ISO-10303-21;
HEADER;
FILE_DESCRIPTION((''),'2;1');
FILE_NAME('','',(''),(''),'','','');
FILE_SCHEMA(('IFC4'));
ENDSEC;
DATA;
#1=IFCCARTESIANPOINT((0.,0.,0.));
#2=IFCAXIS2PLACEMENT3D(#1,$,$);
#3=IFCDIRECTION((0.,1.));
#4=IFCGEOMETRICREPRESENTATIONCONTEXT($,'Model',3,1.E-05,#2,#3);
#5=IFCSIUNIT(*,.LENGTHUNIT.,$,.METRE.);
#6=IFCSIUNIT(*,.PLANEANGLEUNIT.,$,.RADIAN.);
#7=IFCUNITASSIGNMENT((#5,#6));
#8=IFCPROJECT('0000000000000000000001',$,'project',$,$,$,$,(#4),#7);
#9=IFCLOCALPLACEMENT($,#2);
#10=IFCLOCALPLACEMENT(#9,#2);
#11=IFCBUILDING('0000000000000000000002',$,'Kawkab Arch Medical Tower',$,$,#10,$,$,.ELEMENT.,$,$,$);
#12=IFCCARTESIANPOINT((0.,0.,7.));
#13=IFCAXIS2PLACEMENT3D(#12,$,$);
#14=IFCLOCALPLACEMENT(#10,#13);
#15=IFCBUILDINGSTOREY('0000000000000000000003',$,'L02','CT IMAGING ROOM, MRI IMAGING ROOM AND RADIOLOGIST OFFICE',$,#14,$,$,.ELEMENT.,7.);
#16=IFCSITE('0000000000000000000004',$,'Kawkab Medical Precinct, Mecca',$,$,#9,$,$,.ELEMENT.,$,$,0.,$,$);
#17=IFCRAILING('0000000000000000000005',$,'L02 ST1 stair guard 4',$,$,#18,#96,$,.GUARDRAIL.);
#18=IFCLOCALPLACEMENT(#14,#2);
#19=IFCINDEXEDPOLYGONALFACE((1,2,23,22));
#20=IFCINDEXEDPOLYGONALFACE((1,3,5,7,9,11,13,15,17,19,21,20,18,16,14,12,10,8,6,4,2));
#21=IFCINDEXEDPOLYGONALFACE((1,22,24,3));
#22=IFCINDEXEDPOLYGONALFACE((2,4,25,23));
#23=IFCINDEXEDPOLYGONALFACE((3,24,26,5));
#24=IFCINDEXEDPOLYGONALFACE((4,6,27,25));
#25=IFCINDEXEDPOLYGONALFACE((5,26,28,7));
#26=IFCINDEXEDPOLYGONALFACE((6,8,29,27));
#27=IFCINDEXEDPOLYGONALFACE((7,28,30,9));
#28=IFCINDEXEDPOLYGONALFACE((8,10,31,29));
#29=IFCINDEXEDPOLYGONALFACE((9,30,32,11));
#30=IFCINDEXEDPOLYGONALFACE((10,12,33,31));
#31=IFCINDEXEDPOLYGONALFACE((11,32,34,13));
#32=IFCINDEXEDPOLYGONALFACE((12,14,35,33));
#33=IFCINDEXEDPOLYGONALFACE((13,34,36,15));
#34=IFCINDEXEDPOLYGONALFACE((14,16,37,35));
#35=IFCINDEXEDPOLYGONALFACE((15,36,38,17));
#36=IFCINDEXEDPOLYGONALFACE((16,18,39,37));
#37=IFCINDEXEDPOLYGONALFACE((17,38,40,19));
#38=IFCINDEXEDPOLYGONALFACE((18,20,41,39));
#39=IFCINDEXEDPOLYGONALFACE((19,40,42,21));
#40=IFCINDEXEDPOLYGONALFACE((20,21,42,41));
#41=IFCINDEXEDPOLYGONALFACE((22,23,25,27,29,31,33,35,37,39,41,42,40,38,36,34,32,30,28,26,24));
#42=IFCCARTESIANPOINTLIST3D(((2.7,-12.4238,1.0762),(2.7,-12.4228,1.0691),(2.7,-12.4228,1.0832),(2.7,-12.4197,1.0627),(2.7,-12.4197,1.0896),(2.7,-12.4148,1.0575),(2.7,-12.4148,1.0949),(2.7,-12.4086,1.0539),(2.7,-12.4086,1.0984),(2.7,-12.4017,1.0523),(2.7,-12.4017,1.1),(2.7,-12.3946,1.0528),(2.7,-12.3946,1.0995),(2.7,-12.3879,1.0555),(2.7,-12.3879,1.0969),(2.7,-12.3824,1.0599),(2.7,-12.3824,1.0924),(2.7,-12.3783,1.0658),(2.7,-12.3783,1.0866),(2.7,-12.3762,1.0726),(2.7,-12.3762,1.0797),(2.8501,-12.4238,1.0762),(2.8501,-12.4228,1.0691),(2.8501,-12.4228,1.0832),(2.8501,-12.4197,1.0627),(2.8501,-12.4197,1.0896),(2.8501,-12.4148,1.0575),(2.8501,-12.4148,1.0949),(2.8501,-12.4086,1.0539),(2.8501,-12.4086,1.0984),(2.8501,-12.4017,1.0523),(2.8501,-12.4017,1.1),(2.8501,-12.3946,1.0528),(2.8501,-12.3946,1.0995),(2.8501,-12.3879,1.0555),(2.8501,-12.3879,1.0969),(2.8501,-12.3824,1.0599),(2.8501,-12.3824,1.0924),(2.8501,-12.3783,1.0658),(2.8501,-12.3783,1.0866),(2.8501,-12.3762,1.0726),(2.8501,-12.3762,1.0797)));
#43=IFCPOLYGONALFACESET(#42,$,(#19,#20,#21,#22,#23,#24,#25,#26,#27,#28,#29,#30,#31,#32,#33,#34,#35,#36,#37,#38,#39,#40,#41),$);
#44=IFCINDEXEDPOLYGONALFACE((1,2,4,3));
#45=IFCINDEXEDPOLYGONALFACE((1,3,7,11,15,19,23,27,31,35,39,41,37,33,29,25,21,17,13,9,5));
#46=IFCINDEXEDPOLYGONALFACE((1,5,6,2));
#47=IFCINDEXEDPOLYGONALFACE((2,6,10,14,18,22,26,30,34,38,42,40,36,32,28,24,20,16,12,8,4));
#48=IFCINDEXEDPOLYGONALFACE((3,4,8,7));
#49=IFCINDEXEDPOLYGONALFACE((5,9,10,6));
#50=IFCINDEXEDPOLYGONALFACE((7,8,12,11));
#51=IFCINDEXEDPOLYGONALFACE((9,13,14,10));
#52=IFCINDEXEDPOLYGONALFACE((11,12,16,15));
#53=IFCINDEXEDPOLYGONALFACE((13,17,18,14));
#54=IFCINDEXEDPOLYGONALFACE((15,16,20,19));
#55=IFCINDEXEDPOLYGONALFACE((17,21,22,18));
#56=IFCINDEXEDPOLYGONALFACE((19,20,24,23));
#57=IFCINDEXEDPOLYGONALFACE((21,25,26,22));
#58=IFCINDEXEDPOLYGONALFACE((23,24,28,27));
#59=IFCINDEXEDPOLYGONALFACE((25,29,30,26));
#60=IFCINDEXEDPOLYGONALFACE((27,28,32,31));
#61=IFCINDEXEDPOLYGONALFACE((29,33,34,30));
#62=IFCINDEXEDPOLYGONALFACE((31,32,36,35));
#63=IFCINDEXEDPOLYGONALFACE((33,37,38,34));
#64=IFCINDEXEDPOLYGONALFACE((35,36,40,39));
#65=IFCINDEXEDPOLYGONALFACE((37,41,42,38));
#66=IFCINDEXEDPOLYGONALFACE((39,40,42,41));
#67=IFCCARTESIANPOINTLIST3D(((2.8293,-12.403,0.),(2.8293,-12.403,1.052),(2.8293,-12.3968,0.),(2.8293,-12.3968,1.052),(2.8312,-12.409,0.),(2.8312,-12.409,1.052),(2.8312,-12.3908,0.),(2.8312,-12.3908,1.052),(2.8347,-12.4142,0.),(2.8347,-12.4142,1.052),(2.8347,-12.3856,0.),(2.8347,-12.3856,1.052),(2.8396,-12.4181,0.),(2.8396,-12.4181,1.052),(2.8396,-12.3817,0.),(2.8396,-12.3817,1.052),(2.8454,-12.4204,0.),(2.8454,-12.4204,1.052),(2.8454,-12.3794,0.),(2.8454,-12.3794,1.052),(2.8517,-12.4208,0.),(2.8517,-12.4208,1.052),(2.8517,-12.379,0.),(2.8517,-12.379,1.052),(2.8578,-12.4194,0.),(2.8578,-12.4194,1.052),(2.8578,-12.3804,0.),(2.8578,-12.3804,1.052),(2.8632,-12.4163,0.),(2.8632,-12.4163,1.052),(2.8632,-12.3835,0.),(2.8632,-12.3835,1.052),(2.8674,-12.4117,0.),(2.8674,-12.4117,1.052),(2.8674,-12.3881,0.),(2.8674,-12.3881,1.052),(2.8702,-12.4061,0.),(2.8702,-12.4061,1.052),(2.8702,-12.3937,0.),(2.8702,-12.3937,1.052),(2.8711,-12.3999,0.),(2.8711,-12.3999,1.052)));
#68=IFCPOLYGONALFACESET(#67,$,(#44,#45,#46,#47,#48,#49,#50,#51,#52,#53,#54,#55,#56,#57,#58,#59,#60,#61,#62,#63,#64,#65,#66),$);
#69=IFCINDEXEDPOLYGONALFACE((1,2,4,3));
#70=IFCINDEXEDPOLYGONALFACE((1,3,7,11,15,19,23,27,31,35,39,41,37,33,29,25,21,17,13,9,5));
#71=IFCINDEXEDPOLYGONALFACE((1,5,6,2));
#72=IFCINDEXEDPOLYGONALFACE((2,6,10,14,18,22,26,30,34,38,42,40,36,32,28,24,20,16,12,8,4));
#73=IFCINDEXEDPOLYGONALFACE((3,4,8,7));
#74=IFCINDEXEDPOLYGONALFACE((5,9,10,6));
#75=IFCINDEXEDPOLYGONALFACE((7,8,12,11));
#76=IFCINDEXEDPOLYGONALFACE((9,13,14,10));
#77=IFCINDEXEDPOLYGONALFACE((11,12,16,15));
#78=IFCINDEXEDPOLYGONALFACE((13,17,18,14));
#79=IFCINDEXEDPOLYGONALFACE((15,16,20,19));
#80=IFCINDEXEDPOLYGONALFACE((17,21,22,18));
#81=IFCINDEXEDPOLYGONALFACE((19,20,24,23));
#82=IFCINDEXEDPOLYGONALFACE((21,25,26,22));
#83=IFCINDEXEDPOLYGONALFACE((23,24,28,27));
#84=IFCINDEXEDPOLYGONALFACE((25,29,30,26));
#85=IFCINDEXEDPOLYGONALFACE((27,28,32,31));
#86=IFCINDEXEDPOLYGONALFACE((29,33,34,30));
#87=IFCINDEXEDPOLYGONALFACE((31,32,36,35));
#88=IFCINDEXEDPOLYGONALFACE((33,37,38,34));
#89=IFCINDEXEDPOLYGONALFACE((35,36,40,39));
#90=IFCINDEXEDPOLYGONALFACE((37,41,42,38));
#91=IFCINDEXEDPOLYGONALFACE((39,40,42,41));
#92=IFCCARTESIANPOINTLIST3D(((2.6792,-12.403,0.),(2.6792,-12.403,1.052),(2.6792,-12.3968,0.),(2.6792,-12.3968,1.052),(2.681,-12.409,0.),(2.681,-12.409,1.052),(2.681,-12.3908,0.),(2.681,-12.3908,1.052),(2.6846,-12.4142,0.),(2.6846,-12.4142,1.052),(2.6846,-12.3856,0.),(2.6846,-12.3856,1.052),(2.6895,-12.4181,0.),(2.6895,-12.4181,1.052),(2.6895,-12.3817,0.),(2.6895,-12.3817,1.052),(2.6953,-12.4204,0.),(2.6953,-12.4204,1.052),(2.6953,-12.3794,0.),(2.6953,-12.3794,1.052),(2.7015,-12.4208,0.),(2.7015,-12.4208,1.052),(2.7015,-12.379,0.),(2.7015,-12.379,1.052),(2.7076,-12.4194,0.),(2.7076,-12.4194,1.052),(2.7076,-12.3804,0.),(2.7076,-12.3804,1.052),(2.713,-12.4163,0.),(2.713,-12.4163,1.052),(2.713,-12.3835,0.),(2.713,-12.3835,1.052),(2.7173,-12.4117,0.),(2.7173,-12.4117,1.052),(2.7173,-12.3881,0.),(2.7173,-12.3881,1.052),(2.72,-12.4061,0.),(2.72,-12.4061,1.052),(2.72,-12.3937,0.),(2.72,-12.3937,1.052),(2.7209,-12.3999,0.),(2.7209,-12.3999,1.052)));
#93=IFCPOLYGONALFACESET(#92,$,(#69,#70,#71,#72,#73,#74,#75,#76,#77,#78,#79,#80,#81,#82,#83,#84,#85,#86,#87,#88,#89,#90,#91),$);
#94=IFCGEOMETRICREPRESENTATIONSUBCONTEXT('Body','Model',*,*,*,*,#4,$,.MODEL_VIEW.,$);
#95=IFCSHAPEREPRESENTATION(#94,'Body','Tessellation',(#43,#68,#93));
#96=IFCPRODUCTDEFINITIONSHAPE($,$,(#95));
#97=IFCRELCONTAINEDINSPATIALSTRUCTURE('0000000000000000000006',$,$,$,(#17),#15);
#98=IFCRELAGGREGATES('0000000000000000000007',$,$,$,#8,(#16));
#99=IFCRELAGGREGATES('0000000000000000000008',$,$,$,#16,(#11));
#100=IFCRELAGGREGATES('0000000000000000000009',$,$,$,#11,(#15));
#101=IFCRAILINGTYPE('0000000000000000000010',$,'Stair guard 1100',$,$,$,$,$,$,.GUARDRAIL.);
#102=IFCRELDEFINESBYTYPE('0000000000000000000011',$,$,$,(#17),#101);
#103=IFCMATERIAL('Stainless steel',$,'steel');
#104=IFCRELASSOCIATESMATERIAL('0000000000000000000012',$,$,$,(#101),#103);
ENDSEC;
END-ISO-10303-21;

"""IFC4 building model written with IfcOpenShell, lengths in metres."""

from ifc_helpers import new_model, si_unit, direction, frame, origin, origin_2d, place, context, subcontext, project, spatial, circle, extrude, material, type_object, element, save


model = new_model("IFC4")

# Units and contexts
model_context = context("Model", 3, precision=1e-05, world=origin(), true_north=direction((0.0, 1.0)))
body_context = subcontext(model_context, "Body", "Model", "MODEL_VIEW")
ifc_project = project(units=[si_unit("LENGTHUNIT", "METRE"), si_unit("PLANEANGLEUNIT", "RADIAN")], contexts=[model_context])

# Site, building, storey
site_placement = place(None, origin())
site = spatial("IfcSite", under=ifc_project, at=site_placement, Name="Kawkab Medical Precinct, Mecca", CompositionType="ELEMENT", RefElevation=0.0)
building_placement = place(site_placement, origin())
building = spatial("IfcBuilding", under=site, at=building_placement, Name="Kawkab Arch Medical Tower", CompositionType="ELEMENT")
storey_placement = place(building_placement, frame((0.0, 0.0, 7.0)))
storey = spatial("IfcBuildingStorey", under=building, at=storey_placement, Name="L02", Description="CT IMAGING ROOM, MRI IMAGING ROOM AND RADIOLOGIST OFFICE", CompositionType="ELEMENT", Elevation=7.0)

# Railing
ifc_material_1 = material(Name="Stainless steel", Category="steel")
railing_type = type_object("IfcRailingType", Name="Stair guard 1100", PredefinedType="GUARDRAIL", material=ifc_material_1)
railing_1_placement = place(storey_placement, frame((2.8501, -12.3999, 0.0)))
element("IfcRailing", 1, at=railing_1_placement, inside=storey, type_object=railing_type, Name="L02 ST1 stair guard 4", PredefinedType="GUARDRAIL", context=body_context, shape_type="SweptSolid", body=[
    extrude(circle(Radius=0.0239, at=origin_2d()), frame((0.0, 0.0, 1.0762), z_axis=(-1.0, 0.0, 0.0), x_axis=(0.0, -1.0, 0.0)), (0.0, 0.0, 1.0), 0.1501),
    extrude(circle(Radius=0.021, at=origin_2d()), origin(), (0.0, 0.0, 1.0), 1.052),
    extrude(circle(Radius=0.021, at=origin_2d()), frame((-0.1501, 0.0, 0.0)), (0.0, 0.0, 1.0), 1.052),
])

save(model, "model.ifc")
